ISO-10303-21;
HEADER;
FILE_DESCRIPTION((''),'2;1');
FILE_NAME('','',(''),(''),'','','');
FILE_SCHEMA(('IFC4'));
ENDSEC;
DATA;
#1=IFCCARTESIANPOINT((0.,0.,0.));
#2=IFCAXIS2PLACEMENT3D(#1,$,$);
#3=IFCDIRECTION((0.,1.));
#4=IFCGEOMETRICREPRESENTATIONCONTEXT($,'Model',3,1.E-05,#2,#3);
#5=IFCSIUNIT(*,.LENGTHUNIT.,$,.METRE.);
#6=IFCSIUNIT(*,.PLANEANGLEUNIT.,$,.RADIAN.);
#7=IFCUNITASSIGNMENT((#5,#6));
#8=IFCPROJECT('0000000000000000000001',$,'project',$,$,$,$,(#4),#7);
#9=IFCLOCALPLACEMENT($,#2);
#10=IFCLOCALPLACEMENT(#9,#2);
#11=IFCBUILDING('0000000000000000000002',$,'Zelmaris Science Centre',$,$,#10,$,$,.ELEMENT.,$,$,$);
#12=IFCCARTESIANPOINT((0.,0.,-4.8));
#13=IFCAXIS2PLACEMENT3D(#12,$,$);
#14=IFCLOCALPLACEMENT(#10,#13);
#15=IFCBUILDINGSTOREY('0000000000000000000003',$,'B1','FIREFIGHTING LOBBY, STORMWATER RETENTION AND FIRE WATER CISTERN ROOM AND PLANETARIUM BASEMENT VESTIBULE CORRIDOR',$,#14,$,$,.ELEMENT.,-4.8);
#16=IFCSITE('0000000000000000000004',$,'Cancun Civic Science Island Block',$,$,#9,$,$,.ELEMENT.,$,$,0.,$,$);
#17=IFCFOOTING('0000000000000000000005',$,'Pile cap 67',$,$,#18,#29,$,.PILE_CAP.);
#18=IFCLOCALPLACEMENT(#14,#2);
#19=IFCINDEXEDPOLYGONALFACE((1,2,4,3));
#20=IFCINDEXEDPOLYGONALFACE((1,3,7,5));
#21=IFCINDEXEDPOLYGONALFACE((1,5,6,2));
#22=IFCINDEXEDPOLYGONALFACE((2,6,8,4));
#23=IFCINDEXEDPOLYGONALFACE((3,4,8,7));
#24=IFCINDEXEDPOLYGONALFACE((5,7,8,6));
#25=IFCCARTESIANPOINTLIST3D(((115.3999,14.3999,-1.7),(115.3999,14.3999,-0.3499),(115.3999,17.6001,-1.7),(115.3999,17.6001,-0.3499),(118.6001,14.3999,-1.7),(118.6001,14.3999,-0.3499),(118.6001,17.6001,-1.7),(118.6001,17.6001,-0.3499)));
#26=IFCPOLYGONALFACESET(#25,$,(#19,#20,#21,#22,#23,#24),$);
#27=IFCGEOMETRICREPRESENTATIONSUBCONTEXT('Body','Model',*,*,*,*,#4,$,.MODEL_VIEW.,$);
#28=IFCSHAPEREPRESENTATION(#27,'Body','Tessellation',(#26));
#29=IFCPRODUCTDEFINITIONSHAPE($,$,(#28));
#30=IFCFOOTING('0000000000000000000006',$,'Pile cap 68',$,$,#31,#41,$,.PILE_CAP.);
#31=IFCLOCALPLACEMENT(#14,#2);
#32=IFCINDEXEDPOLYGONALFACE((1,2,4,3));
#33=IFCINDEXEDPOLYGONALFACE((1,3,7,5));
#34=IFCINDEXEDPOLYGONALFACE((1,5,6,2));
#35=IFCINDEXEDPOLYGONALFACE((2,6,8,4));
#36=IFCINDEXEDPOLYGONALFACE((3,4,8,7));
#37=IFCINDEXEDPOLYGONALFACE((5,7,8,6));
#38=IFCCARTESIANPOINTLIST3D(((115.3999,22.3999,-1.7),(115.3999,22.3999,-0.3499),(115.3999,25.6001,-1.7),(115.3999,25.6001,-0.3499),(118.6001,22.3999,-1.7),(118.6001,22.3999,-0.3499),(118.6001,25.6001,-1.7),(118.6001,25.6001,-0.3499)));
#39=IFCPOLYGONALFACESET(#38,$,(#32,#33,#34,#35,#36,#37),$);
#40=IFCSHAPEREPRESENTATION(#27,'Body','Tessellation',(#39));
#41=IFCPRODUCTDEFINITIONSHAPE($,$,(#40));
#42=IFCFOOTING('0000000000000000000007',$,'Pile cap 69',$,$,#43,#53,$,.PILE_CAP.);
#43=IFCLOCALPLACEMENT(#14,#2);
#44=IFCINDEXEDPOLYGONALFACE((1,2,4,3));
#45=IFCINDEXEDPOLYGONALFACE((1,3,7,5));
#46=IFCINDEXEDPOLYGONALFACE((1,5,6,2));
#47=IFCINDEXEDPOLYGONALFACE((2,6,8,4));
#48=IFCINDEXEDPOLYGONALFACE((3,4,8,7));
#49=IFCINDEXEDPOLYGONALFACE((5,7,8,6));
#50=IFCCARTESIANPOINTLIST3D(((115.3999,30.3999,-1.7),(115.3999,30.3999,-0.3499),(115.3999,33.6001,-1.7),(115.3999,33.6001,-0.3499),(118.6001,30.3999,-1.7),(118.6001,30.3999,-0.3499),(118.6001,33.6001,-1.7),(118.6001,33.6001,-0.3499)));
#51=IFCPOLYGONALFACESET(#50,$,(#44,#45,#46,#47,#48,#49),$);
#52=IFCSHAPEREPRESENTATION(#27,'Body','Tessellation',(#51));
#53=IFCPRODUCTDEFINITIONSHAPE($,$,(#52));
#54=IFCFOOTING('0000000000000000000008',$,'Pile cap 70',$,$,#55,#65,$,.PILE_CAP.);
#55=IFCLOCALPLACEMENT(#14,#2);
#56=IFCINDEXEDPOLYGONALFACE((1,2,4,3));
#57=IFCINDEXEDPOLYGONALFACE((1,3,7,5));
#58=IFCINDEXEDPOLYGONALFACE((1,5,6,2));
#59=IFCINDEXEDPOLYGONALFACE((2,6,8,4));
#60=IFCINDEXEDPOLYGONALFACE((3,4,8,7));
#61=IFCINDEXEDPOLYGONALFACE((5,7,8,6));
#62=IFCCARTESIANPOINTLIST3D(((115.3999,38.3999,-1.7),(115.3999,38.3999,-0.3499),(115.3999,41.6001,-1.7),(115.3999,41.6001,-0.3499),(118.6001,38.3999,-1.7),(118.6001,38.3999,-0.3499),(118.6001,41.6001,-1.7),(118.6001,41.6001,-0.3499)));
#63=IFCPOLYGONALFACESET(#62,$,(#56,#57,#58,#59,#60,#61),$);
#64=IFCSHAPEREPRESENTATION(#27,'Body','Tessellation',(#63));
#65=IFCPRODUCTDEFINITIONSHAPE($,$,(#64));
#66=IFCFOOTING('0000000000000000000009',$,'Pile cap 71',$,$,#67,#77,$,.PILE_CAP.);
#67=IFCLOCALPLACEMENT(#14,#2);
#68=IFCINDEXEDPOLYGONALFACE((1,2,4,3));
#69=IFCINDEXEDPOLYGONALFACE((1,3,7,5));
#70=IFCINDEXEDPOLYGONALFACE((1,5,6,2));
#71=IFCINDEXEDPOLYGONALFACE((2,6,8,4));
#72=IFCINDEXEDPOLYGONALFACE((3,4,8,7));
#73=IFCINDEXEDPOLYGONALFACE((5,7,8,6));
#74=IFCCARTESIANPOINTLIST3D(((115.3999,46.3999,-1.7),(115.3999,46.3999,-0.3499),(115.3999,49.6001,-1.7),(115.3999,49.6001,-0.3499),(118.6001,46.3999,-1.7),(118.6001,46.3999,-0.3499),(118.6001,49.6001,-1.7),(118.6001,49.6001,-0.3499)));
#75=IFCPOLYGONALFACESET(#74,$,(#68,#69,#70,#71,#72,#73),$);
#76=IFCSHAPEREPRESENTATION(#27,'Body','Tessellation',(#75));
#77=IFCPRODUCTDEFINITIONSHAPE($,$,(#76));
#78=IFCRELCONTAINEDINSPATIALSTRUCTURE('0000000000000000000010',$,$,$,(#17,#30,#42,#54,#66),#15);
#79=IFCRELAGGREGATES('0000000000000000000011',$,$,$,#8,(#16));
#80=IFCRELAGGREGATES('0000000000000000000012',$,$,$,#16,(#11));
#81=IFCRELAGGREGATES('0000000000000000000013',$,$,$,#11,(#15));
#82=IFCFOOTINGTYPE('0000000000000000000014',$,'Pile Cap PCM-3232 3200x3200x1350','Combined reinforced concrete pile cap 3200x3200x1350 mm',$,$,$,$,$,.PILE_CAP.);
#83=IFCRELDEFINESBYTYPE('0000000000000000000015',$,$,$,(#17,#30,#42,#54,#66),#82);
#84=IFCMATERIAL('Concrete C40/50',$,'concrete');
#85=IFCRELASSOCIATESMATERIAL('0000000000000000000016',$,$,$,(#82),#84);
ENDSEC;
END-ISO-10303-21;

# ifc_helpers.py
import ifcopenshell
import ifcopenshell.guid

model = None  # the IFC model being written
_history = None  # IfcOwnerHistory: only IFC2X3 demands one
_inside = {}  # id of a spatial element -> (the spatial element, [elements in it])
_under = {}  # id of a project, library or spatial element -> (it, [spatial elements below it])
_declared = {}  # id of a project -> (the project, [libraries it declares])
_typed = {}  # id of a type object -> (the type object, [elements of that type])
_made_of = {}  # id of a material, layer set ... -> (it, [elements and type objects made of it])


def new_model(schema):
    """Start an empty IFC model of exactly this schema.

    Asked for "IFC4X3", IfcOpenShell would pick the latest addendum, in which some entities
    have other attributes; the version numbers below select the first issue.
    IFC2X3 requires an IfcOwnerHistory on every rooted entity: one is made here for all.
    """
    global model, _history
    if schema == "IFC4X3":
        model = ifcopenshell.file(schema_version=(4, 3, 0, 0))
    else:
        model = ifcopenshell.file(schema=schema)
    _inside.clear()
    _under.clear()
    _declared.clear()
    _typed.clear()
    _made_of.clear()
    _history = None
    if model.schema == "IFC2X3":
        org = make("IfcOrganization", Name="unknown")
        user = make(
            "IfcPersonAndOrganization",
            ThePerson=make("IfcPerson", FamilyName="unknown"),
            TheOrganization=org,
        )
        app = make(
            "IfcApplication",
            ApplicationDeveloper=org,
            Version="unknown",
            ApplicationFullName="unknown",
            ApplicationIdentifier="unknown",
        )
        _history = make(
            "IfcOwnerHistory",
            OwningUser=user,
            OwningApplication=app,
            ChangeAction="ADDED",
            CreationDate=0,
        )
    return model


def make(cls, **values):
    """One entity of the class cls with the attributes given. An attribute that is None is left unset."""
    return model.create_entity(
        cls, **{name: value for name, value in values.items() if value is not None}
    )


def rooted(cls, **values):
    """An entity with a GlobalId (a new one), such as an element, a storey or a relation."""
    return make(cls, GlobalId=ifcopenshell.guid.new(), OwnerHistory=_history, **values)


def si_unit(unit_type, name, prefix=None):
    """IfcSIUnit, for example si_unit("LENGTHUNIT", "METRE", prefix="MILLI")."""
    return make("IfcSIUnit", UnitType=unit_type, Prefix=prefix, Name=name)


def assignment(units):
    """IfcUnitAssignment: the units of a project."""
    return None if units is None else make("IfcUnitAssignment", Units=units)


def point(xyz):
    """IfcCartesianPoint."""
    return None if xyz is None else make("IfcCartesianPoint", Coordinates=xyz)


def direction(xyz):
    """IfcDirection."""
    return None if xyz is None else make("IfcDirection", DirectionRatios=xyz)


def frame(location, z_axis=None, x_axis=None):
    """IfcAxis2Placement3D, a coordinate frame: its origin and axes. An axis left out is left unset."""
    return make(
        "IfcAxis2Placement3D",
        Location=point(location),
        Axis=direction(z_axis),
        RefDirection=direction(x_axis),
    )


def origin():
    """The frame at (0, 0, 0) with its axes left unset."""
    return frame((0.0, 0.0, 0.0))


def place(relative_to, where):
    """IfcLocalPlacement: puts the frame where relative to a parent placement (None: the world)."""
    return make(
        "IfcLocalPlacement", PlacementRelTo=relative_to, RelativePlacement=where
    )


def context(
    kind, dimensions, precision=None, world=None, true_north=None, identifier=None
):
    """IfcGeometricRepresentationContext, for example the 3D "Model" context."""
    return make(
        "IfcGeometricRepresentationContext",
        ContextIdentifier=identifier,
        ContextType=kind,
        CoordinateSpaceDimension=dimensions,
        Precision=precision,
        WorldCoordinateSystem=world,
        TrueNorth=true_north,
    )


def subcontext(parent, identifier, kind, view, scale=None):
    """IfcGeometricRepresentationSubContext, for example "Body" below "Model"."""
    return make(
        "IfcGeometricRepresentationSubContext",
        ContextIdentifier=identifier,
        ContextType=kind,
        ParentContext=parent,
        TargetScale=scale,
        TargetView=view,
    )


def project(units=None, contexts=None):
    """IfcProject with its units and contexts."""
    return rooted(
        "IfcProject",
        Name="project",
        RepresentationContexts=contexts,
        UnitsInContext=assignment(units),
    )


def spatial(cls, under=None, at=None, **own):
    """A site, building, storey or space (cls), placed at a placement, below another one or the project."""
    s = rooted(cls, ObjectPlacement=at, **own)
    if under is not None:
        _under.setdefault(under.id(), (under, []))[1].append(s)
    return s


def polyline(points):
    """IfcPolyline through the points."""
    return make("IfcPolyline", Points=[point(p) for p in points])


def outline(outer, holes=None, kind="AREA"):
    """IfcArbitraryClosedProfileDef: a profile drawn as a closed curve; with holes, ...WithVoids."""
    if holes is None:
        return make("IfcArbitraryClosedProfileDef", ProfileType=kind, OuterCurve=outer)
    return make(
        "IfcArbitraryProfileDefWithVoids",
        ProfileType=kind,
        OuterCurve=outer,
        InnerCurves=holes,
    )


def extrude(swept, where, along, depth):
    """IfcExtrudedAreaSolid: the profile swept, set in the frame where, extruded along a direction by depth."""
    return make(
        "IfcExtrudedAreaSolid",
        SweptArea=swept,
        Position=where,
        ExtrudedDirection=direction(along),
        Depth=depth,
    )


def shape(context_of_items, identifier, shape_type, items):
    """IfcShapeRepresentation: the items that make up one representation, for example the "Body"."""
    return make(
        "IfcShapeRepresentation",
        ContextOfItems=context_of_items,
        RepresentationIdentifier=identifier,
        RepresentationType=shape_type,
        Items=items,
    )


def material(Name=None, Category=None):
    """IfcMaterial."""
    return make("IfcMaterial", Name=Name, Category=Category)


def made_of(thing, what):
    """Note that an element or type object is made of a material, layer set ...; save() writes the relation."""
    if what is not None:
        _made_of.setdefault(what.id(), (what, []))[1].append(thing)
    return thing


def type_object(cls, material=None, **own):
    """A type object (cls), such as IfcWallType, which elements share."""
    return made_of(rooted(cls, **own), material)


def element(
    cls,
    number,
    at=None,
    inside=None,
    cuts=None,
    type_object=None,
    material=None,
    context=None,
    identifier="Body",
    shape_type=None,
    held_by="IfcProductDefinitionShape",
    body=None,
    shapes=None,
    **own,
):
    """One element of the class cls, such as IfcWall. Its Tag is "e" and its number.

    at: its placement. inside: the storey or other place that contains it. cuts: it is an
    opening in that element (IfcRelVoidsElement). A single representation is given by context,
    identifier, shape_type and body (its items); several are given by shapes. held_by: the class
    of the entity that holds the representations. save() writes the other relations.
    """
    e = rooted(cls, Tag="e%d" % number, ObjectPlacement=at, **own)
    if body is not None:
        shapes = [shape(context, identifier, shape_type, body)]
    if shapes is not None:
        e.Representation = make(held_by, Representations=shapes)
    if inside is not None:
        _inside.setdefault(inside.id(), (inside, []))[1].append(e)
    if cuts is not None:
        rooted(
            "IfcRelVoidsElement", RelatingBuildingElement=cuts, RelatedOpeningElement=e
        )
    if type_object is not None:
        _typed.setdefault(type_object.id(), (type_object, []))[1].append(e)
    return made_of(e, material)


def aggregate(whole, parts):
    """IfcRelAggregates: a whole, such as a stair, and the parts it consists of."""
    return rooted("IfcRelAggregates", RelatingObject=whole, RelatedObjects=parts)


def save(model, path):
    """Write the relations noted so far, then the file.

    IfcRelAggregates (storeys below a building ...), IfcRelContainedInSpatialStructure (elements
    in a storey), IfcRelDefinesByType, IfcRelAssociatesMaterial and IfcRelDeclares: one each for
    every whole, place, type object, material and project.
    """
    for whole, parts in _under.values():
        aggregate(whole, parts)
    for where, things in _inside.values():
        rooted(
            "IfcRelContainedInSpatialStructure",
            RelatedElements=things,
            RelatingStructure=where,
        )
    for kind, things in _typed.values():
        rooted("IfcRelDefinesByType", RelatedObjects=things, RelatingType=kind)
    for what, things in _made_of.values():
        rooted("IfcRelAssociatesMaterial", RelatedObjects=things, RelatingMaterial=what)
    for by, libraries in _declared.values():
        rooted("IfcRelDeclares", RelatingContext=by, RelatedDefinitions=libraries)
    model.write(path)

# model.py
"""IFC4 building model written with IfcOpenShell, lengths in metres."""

from ifc_helpers import new_model, si_unit, direction, frame, origin, place, context, subcontext, project, spatial, polyline, outline, extrude, material, type_object, element, save


model = new_model("IFC4")

# Units and contexts
model_context = context("Model", 3, precision=1e-05, world=origin(), true_north=direction((0.0, 1.0)))
body_context = subcontext(model_context, "Body", "Model", "MODEL_VIEW")
ifc_project = project(units=[si_unit("LENGTHUNIT", "METRE"), si_unit("PLANEANGLEUNIT", "RADIAN")], contexts=[model_context])

# Site, building, storey
site_placement = place(None, origin())
site = spatial("IfcSite", under=ifc_project, at=site_placement, Name="Cancun Civic Science Island Block", CompositionType="ELEMENT", RefElevation=0.0)
building_placement = place(site_placement, origin())
building = spatial("IfcBuilding", under=site, at=building_placement, Name="Zelmaris Science Centre", CompositionType="ELEMENT")
storey_placement = place(building_placement, frame((0.0, 0.0, -4.8)))
storey = spatial("IfcBuildingStorey", under=building, at=storey_placement, Name="B1", Description="FIREFIGHTING LOBBY, STORMWATER RETENTION AND FIRE WATER CISTERN ROOM AND PLANETARIUM BASEMENT VESTIBULE CORRIDOR", CompositionType="ELEMENT", Elevation=-4.8)

# Footings
ifc_material = material(Name="Concrete C40/50", Category="concrete")
footing_type = type_object("IfcFootingType", Name="Pile Cap PCM-3232 3200x3200x1350", Description="Combined reinforced concrete pile cap 3200x3200x1350 mm", PredefinedType="PILE_CAP", material=ifc_material)
footing_1_placement = place(storey_placement, frame((0.0, 0.0, -1.7)))
element("IfcFooting", 1, at=footing_1_placement, inside=storey, type_object=footing_type, Name="Pile cap 67", PredefinedType="PILE_CAP", context=body_context, shape_type="SweptSolid", body=[
    extrude(outline(polyline([(115.3999, 14.3999), (118.6001, 14.3999), (118.6001, 17.6001), (115.3999, 17.6001), (115.3999, 14.3999)])), origin(), (0.0, 0.0, 1.0), 1.3501),
])
footing_2_placement = place(storey_placement, frame((0.0, 0.0, -1.7)))
element("IfcFooting", 2, at=footing_2_placement, inside=storey, type_object=footing_type, Name="Pile cap 68", PredefinedType="PILE_CAP", context=body_context, shape_type="SweptSolid", body=[
    extrude(outline(polyline([(115.3999, 22.3999), (118.6001, 22.3999), (118.6001, 25.6001), (115.3999, 25.6001), (115.3999, 22.3999)])), origin(), (0.0, 0.0, 1.0), 1.3501),
])
footing_3_placement = place(storey_placement, frame((0.0, 0.0, -1.7)))
element("IfcFooting", 3, at=footing_3_placement, inside=storey, type_object=footing_type, Name="Pile cap 69", PredefinedType="PILE_CAP", context=body_context, shape_type="SweptSolid", body=[
    extrude(outline(polyline([(115.3999, 30.3999), (118.6001, 30.3999), (118.6001, 33.6001), (115.3999, 33.6001), (115.3999, 30.3999)])), origin(), (0.0, 0.0, 1.0), 1.3501),
])
footing_4_placement = place(storey_placement, frame((0.0, 0.0, -1.7)))
element("IfcFooting", 4, at=footing_4_placement, inside=storey, type_object=footing_type, Name="Pile cap 70", PredefinedType="PILE_CAP", context=body_context, shape_type="SweptSolid", body=[
    extrude(outline(polyline([(115.3999, 38.3999), (118.6001, 38.3999), (118.6001, 41.6001), (115.3999, 41.6001), (115.3999, 38.3999)])), origin(), (0.0, 0.0, 1.0), 1.3501),
])
footing_5_placement = place(storey_placement, frame((0.0, 0.0, -1.7)))
element("IfcFooting", 5, at=footing_5_placement, inside=storey, type_object=footing_type, Name="Pile cap 71", PredefinedType="PILE_CAP", context=body_context, shape_type="SweptSolid", body=[
    extrude(outline(polyline([(115.3999, 46.3999), (118.6001, 46.3999), (118.6001, 49.6001), (115.3999, 49.6001), (115.3999, 46.3999)])), origin(), (0.0, 0.0, 1.0), 1.3501),
])

save(model, "model.ifc")
